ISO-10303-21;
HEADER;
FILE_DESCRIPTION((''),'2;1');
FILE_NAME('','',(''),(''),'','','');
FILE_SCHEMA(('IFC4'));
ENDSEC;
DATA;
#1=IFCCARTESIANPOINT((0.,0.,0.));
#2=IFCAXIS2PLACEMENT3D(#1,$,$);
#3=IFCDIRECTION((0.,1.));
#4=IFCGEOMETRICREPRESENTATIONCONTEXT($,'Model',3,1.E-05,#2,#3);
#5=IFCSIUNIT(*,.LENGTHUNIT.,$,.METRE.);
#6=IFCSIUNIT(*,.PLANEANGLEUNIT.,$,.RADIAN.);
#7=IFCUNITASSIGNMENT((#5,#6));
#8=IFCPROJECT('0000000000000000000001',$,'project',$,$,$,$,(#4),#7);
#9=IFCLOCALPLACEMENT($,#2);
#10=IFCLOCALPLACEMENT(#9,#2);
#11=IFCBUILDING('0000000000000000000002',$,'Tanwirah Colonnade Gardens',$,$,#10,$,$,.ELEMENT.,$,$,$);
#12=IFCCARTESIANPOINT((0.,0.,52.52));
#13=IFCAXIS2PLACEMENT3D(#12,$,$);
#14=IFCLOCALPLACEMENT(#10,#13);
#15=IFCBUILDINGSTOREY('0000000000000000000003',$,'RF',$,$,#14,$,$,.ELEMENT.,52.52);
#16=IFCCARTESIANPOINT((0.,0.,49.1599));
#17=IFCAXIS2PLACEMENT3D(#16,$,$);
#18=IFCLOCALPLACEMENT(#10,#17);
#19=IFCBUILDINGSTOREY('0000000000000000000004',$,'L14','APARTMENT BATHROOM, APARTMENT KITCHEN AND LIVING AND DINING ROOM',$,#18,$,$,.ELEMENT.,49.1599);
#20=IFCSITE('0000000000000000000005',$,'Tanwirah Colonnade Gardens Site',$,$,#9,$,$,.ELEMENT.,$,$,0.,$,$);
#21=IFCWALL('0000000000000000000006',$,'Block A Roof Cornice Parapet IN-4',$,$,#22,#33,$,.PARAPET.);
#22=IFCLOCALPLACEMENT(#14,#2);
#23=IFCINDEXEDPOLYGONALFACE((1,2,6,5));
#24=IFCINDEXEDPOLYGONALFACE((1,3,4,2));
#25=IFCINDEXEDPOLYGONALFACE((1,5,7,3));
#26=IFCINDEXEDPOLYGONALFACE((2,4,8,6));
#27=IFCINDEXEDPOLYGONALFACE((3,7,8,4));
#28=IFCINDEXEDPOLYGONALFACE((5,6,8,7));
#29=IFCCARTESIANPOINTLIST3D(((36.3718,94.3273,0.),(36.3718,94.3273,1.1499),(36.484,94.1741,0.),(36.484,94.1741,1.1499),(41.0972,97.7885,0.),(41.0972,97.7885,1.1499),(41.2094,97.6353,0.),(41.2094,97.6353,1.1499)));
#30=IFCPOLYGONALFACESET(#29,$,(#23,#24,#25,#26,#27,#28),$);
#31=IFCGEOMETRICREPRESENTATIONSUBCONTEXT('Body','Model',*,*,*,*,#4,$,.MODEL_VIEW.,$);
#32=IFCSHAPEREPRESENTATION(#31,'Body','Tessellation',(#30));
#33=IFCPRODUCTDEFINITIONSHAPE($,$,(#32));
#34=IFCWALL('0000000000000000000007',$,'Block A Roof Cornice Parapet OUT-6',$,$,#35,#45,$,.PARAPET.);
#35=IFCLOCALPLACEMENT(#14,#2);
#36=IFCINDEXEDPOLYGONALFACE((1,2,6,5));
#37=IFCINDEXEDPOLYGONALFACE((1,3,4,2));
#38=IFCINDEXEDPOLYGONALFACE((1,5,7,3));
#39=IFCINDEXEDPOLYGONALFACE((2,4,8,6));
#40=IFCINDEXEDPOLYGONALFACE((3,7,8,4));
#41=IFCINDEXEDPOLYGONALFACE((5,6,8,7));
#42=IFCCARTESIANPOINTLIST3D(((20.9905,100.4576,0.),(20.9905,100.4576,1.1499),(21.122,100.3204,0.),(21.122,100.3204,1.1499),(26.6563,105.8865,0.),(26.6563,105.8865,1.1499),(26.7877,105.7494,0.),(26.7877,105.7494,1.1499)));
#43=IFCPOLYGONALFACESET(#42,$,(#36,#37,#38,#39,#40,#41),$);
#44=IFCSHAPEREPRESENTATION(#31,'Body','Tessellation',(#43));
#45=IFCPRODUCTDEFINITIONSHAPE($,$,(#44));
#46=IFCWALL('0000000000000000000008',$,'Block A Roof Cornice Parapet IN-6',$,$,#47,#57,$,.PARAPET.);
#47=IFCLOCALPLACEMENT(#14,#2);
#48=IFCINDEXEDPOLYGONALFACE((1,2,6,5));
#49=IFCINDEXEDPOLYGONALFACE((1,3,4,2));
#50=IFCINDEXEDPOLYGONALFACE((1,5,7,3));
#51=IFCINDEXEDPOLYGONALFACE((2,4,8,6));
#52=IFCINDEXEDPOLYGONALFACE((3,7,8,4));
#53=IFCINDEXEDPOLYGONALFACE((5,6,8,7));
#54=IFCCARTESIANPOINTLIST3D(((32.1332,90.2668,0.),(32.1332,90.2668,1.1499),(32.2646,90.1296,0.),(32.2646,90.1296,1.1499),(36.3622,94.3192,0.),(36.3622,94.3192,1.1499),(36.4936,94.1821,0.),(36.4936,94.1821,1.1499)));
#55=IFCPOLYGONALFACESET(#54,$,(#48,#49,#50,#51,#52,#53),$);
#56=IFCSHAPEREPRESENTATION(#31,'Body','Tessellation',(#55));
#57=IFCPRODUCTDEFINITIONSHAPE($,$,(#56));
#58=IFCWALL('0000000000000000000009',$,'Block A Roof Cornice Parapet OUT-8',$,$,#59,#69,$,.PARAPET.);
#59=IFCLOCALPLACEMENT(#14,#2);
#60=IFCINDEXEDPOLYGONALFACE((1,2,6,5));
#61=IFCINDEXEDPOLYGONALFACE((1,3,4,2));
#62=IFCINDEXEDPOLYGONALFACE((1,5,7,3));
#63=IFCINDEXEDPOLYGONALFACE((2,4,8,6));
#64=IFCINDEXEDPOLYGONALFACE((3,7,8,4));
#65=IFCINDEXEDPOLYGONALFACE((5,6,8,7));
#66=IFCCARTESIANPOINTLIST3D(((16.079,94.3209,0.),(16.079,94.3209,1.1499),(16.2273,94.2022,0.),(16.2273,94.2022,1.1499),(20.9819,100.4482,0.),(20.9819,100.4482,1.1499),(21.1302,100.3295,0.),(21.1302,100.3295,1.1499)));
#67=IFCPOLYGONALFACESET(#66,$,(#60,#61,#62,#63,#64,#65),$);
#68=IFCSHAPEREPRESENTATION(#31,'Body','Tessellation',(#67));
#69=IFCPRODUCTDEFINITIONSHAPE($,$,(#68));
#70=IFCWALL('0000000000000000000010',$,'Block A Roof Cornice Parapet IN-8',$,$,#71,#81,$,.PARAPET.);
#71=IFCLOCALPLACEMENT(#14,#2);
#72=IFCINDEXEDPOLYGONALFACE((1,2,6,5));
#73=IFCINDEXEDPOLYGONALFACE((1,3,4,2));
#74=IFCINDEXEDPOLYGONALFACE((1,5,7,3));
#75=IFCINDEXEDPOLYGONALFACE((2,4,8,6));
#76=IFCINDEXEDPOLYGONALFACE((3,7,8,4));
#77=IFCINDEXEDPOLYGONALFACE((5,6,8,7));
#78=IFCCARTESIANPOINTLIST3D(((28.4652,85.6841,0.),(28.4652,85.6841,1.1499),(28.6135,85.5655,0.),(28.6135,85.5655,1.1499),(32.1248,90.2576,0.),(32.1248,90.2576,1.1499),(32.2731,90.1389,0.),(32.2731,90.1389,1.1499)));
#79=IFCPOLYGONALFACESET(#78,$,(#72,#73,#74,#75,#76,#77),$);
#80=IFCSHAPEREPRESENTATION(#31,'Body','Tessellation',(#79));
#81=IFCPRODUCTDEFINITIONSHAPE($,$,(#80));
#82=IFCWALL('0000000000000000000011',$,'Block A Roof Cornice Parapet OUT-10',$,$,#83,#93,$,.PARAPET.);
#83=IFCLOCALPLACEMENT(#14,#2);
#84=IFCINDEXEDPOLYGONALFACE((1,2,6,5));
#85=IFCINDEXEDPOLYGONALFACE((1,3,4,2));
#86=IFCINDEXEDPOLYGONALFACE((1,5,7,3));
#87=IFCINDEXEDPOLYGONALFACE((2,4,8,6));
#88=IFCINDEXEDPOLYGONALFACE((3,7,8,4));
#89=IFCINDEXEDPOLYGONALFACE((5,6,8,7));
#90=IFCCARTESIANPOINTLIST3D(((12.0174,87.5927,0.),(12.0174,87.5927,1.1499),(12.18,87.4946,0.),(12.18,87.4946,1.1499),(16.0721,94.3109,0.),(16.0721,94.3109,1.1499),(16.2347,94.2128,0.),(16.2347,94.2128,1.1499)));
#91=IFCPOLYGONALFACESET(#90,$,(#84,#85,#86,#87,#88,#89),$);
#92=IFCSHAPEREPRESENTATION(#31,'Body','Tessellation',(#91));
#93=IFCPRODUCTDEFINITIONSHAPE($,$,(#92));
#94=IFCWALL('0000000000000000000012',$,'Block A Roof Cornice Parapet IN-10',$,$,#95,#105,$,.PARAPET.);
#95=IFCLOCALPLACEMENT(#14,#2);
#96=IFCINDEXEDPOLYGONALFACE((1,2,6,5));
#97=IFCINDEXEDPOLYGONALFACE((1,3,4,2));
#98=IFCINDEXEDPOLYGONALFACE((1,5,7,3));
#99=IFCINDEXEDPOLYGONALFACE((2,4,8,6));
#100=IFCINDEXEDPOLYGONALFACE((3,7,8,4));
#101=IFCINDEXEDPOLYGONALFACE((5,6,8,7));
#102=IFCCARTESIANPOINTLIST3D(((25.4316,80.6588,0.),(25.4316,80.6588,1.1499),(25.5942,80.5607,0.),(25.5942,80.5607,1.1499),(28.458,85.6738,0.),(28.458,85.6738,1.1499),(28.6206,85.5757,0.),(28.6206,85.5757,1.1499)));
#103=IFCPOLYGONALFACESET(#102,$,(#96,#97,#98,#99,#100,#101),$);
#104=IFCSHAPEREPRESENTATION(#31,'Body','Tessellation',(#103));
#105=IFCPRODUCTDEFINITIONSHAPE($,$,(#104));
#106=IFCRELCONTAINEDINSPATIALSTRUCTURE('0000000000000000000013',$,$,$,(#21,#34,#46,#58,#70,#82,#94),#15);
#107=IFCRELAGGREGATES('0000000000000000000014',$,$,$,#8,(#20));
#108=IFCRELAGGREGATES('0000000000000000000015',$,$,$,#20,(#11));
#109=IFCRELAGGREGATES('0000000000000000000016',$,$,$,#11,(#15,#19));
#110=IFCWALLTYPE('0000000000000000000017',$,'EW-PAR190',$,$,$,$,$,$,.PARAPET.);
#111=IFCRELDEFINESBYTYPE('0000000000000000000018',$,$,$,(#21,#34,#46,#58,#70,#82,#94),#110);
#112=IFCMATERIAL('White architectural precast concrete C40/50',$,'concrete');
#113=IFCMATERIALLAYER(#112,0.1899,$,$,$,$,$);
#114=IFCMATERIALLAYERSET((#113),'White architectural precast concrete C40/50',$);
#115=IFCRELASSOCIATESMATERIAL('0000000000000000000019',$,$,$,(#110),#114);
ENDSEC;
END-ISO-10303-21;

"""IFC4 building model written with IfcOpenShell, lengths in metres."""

from ifc_helpers import new_model, si_unit, direction, frame, frame_2d, origin, place, context, subcontext, project, spatial, rectangle, extrude, material, layer, layer_set, type_object, element, save


model = new_model("IFC4")

# Units and contexts
model_context = context("Model", 3, precision=1e-05, world=origin(), true_north=direction((0.0, 1.0)))
body_context = subcontext(model_context, "Body", "Model", "MODEL_VIEW")
ifc_project = project(units=[si_unit("LENGTHUNIT", "METRE"), si_unit("PLANEANGLEUNIT", "RADIAN")], contexts=[model_context])

# Site, building, storey
site_placement = place(None, origin())
site = spatial("IfcSite", under=ifc_project, at=site_placement, Name="Tanwirah Colonnade Gardens Site", CompositionType="ELEMENT", RefElevation=0.0)
building_placement = place(site_placement, origin())
building = spatial("IfcBuilding", under=site, at=building_placement, Name="Tanwirah Colonnade Gardens", CompositionType="ELEMENT")
storey_1_placement = place(building_placement, frame((0.0, 0.0, 52.52)))
storey_1 = spatial("IfcBuildingStorey", under=building, at=storey_1_placement, Name="RF", CompositionType="ELEMENT", Elevation=52.52)

# Shared definitions
storey_2_placement = place(building_placement, frame((0.0, 0.0, 49.1599)))
storey_2 = spatial("IfcBuildingStorey", under=building, at=storey_2_placement, Name="L14", Description="APARTMENT BATHROOM, APARTMENT KITCHEN AND LIVING AND DINING ROOM", CompositionType="ELEMENT", Elevation=49.1599)

# Walls
ifc_material_1 = material(Name="White architectural precast concrete C40/50", Category="concrete")
ifc_layer_1 = layer(ifc_material_1, 0.1899)
ifc_layer_set_1 = layer_set([ifc_layer_1], Name="White architectural precast concrete C40/50")
wall_type = type_object("IfcWallType", Name="EW-PAR190", PredefinedType="PARAPET", material=ifc_layer_set_1)
wall_1_placement = place(storey_1_placement, frame((41.1533, 97.7119, 0.0), z_axis=(0.0, 0.0, 1.0), x_axis=(-0.806736, -0.590912, 0.0)))
element("IfcWall", 1, at=wall_1_placement, inside=storey_1, type_object=wall_type, Name="Block A Roof Cornice Parapet IN-4", PredefinedType="PARAPET", context=body_context, shape_type="SweptSolid", body=[
    extrude(rectangle(XDim=5.8574, YDim=0.1899, at=frame_2d((2.9287, 0.0))), origin(), (0.0, 0.0, 1.0), 1.1499),
])
wall_2_placement = place(storey_1_placement, frame((26.7219, 105.8179, 0.0), z_axis=(0.0, 0.0, 1.0), x_axis=(-0.722035, -0.691856, 0.0)))
element("IfcWall", 2, at=wall_2_placement, inside=storey_1, type_object=wall_type, Name="Block A Roof Cornice Parapet OUT-6", PredefinedType="PARAPET", context=body_context, shape_type="SweptSolid", body=[
    extrude(rectangle(XDim=7.8469, YDim=0.1899, at=frame_2d((3.9233, 0.0))), origin(), (0.0, 0.0, 1.0), 1.1499),
])
wall_3_placement = place(storey_1_placement, frame((36.428, 94.2507, 0.0), z_axis=(0.0, 0.0, 1.0), x_axis=(-0.722014, -0.691878, 0.0)))
element("IfcWall", 3, at=wall_3_placement, inside=storey_1, type_object=wall_type, Name="Block A Roof Cornice Parapet IN-6", PredefinedType="PARAPET", context=body_context, shape_type="SweptSolid", body=[
    extrude(rectangle(XDim=5.8572, YDim=0.1899, at=frame_2d((2.9287, 0.0))), origin(), (0.0, 0.0, 1.0), 1.1499),
])
wall_4_placement = place(storey_1_placement, frame((21.0562, 100.3889, 0.0), z_axis=(0.0, 0.0, 1.0), x_axis=(-0.624779, -0.780802, 0.0)))
element("IfcWall", 4, at=wall_4_placement, inside=storey_1, type_object=wall_type, Name="Block A Roof Cornice Parapet OUT-8", PredefinedType="PARAPET", context=body_context, shape_type="SweptSolid", body=[
    extrude(rectangle(XDim=7.8474, YDim=0.1899, at=frame_2d((3.9238, 0.0))), origin(), (0.0, 0.0, 1.0), 1.1499),
])
wall_5_placement = place(storey_1_placement, frame((32.199, 90.1982, 0.0), z_axis=(0.0, 0.0, 1.0), x_axis=(-0.624787, -0.780796, 0.0)))
element("IfcWall", 5, at=wall_5_placement, inside=storey_1, type_object=wall_type, Name="Block A Roof Cornice Parapet IN-8", PredefinedType="PARAPET", context=body_context, shape_type="SweptSolid", body=[
    extrude(rectangle(XDim=5.8574, YDim=0.1899, at=frame_2d((2.9287, 0.0))), origin(), (0.0, 0.0, 1.0), 1.1499),
])
wall_6_placement = place(storey_1_placement, frame((16.1533, 94.2617, 0.0), z_axis=(0.0, 0.0, 1.0), x_axis=(-0.516718, -0.856156, 0.0)))
element("IfcWall", 6, at=wall_6_placement, inside=storey_1, type_object=wall_type, Name="Block A Roof Cornice Parapet OUT-10", PredefinedType="PARAPET", context=body_context, shape_type="SweptSolid", body=[
    extrude(rectangle(XDim=7.8469, YDim=0.1899, at=frame_2d((3.9233, 0.0))), origin(), (0.0, 0.0, 1.0), 1.1499),
])
wall_7_placement = place(storey_1_placement, frame((28.5393, 85.6248, 0.0), z_axis=(0.0, 0.0, 1.0), x_axis=(-0.516682, -0.856177, 0.0)))
element("IfcWall", 7, at=wall_7_placement, inside=storey_1, type_object=wall_type, Name="Block A Roof Cornice Parapet IN-10", PredefinedType="PARAPET", context=body_context, shape_type="SweptSolid", body=[
    extrude(rectangle(XDim=5.8574, YDim=0.1899, at=frame_2d((2.9287, 0.0))), origin(), (0.0, 0.0, 1.0), 1.1499),
])

save(model, "model.ifc")
